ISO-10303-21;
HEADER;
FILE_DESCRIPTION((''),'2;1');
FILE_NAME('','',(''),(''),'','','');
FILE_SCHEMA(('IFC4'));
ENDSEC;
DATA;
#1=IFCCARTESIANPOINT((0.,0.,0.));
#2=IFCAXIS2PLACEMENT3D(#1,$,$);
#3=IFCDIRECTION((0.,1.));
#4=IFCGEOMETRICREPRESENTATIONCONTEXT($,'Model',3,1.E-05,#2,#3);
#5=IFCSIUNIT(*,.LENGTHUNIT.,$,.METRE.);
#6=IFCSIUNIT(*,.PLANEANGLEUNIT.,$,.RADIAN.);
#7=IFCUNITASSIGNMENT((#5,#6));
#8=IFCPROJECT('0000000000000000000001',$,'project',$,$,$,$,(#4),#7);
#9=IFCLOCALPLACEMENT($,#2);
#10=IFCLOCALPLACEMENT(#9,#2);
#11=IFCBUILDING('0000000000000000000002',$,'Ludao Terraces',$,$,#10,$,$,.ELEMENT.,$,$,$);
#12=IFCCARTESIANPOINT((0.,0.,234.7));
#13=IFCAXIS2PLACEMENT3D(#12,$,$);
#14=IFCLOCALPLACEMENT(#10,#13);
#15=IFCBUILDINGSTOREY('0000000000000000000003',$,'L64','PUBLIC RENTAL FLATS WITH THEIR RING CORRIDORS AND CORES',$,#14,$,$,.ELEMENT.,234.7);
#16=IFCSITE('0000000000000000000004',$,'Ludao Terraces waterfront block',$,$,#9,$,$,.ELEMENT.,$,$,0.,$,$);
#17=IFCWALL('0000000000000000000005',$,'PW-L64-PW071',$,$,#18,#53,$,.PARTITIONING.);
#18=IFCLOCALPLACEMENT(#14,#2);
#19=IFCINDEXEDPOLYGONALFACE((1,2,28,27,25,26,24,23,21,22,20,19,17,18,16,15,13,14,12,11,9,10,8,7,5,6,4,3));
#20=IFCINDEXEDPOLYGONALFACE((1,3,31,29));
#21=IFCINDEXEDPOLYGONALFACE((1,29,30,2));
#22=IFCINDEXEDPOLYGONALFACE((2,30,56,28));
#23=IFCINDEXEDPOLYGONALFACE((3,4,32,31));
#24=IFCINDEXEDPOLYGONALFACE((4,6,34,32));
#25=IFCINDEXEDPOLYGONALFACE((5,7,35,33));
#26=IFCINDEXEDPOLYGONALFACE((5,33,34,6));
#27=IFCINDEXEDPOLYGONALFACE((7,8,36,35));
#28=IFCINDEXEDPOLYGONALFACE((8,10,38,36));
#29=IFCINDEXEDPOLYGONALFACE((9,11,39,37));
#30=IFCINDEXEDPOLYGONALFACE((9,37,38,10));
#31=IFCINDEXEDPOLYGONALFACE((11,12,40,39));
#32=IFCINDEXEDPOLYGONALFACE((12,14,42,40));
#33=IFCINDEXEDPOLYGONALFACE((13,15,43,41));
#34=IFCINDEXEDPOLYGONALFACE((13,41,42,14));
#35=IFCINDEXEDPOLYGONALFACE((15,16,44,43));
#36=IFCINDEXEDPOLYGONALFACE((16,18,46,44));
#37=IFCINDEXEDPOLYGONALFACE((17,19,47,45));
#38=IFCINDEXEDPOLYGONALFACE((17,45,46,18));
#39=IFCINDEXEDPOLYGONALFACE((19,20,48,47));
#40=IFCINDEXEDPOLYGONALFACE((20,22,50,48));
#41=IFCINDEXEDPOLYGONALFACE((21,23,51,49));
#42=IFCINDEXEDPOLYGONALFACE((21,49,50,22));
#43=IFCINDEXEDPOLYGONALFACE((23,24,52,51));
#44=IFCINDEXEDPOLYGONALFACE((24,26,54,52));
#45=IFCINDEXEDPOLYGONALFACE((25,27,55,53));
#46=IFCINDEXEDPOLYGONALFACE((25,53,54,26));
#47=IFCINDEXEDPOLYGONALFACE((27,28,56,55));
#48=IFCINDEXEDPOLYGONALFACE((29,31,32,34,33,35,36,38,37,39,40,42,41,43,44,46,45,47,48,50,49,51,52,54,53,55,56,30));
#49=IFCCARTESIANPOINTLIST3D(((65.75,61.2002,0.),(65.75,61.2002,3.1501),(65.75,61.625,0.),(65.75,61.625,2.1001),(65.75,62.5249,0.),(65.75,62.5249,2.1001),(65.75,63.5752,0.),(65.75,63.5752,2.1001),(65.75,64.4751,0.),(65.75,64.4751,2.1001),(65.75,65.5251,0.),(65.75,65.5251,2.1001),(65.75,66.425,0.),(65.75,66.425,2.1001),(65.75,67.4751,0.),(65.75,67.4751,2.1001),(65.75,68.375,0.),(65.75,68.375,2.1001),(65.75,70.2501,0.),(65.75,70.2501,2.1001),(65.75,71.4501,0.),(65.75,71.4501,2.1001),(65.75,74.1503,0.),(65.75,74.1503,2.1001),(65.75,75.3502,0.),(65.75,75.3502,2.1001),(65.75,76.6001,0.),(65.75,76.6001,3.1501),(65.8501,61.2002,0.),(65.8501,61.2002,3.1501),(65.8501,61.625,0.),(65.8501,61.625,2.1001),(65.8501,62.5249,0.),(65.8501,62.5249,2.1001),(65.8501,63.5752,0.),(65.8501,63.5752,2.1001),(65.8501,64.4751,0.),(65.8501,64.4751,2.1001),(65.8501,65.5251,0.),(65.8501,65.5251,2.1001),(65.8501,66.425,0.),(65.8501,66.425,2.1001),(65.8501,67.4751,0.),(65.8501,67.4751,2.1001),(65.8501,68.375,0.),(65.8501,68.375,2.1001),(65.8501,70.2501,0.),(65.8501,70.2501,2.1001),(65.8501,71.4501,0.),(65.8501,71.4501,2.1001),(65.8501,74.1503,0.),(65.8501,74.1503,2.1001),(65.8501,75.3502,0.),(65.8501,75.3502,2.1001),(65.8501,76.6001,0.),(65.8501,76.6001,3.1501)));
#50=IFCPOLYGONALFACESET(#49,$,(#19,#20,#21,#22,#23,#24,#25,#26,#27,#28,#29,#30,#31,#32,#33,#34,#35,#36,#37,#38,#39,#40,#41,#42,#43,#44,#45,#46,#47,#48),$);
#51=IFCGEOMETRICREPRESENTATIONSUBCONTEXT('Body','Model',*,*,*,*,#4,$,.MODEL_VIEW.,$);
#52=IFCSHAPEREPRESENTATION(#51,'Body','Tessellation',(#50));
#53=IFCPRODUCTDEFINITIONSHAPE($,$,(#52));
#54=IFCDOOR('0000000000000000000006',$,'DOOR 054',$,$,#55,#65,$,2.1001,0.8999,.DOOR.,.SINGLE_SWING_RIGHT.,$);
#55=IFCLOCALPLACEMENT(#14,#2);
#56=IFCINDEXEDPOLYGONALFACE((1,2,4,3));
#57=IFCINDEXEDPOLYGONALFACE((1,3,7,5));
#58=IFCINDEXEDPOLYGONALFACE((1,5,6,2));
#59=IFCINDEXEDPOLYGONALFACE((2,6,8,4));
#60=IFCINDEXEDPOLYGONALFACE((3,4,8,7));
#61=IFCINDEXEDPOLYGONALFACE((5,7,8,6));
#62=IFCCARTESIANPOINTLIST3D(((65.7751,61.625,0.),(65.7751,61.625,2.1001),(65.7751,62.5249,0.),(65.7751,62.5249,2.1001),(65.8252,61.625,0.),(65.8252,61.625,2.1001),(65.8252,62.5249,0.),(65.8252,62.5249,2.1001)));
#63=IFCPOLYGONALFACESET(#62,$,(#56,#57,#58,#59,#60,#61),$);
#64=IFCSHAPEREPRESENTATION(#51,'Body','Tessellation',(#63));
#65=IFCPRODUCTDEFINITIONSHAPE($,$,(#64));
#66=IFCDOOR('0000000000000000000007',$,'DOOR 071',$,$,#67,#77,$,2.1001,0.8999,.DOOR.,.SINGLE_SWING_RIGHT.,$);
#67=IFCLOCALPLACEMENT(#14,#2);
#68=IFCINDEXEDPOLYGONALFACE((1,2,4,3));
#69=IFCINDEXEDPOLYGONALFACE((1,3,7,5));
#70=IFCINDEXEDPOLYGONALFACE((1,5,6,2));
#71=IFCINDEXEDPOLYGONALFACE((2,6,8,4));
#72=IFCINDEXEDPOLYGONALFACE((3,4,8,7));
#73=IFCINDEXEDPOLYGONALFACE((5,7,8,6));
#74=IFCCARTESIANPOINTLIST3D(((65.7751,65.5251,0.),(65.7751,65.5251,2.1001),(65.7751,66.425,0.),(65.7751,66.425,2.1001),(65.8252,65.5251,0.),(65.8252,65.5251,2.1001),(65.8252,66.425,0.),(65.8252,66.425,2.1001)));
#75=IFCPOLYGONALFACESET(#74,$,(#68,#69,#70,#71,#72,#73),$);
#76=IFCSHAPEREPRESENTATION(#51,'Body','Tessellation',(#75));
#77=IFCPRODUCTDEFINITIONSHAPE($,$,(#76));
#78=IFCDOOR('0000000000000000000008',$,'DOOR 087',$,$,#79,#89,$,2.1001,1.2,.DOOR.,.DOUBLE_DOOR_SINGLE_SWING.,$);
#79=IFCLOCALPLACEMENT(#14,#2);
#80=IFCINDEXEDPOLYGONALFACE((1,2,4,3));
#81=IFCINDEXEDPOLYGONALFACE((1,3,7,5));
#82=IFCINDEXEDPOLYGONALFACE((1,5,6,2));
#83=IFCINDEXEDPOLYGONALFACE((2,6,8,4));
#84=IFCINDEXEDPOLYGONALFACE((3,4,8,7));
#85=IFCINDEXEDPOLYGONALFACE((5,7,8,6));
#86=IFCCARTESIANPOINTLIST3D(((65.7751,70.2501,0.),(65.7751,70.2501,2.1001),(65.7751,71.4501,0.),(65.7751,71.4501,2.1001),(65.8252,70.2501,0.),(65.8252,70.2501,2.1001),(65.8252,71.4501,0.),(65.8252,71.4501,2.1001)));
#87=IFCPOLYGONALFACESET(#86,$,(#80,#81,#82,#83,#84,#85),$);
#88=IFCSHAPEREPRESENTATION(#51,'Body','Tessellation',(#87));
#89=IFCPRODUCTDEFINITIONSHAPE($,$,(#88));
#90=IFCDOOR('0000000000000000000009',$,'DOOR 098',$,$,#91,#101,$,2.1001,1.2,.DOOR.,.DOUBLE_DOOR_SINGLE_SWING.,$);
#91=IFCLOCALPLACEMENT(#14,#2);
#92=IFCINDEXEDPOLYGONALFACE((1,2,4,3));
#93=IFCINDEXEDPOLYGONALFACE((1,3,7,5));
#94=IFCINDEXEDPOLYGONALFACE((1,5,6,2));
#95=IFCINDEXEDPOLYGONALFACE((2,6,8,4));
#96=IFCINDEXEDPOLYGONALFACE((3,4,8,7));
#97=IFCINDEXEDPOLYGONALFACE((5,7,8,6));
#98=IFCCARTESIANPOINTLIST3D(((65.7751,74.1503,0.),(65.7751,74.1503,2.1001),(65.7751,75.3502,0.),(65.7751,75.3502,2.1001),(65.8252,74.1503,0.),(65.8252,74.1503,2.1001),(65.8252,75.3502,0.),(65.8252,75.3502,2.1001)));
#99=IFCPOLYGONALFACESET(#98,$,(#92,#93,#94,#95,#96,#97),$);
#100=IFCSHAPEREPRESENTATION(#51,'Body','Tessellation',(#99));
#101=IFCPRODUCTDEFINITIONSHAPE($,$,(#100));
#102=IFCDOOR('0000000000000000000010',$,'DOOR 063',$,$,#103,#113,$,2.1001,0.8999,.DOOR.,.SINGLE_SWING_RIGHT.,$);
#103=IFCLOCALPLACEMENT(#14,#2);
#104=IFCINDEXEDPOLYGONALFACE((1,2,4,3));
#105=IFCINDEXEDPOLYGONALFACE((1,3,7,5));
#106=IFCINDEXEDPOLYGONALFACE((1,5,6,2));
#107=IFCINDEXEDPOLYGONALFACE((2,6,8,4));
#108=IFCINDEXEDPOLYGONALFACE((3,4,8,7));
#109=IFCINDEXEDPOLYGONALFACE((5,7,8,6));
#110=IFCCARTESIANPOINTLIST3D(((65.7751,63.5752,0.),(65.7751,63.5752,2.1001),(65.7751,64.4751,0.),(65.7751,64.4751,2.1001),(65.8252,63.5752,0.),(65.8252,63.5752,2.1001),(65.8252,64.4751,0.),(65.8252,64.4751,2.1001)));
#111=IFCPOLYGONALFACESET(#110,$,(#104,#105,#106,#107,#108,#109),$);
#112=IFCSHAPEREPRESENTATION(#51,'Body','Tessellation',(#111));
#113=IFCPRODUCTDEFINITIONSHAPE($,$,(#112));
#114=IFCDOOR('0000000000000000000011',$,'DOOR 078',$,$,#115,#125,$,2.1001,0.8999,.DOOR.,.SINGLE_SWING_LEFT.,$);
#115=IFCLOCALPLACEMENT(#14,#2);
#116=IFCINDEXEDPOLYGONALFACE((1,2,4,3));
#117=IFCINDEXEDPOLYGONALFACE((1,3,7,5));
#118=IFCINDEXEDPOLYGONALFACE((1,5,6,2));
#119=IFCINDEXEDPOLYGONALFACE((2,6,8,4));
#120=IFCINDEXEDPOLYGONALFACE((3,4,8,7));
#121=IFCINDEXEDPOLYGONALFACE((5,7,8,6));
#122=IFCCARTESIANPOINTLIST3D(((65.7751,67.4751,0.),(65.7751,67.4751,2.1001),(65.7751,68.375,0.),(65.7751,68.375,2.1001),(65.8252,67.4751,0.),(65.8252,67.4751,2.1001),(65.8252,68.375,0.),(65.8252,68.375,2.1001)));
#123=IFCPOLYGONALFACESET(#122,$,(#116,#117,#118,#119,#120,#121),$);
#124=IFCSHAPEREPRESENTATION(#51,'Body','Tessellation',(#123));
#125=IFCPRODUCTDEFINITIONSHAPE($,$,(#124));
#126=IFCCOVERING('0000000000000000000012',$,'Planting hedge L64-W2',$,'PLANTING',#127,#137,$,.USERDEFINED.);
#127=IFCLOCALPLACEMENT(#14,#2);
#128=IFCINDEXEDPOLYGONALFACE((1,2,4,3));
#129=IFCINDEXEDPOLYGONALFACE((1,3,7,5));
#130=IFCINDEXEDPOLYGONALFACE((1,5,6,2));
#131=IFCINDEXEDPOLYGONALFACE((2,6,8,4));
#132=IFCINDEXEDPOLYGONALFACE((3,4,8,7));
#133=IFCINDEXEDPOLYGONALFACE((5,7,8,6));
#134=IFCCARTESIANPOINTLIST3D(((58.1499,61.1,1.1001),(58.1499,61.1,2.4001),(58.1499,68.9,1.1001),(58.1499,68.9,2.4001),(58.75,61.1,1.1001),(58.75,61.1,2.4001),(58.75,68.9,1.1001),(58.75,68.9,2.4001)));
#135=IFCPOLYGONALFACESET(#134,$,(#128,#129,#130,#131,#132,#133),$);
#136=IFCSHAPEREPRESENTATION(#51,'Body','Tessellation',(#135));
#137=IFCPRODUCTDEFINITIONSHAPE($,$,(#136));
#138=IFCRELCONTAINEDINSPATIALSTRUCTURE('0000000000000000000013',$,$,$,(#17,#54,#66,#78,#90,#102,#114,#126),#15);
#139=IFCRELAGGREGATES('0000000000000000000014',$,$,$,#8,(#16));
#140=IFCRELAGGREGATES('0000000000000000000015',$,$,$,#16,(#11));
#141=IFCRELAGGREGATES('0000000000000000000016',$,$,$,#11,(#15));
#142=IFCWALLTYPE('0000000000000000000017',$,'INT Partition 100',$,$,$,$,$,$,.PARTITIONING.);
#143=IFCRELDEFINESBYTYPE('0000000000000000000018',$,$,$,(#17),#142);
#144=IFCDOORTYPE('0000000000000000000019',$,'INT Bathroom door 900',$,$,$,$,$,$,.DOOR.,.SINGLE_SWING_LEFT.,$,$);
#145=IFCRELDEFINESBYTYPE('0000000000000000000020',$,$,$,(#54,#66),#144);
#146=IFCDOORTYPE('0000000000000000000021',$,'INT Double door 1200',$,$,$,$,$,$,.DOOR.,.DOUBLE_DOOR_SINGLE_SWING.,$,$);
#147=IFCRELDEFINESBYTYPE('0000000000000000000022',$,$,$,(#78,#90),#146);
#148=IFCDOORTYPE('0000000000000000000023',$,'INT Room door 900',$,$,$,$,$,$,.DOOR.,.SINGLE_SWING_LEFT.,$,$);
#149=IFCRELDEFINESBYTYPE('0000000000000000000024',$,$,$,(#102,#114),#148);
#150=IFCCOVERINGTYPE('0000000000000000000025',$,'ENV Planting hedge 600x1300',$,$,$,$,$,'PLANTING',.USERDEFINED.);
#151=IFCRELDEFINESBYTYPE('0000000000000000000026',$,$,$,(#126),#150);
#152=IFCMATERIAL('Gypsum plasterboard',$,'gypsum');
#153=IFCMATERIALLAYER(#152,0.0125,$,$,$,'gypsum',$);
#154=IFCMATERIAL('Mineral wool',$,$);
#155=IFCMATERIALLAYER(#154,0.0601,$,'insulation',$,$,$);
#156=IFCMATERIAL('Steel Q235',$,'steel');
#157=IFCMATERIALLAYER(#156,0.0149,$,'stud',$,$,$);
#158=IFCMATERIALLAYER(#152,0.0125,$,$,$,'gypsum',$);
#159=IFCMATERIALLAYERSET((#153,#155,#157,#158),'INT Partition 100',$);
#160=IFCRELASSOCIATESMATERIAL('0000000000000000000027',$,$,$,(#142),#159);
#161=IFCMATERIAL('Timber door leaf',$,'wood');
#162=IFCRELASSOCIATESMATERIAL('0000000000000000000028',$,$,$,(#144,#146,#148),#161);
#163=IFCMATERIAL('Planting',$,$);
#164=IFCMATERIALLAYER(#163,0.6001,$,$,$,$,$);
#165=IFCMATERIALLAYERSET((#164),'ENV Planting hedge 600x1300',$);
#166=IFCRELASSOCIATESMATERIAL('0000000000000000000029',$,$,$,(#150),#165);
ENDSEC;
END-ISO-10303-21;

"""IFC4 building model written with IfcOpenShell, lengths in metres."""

from ifc_helpers import new_model, si_unit, direction, frame, frame_2d, origin, origin_2d, place, context, subcontext, project, spatial, rectangle, extrude, material, layer, layer_set, type_object, element, fill, save


model = new_model("IFC4")

# Units and contexts
model_context = context("Model", 3, precision=1e-05, world=origin(), true_north=direction((0.0, 1.0)))
body_context = subcontext(model_context, "Body", "Model", "MODEL_VIEW")
ifc_project = project(units=[si_unit("LENGTHUNIT", "METRE"), si_unit("PLANEANGLEUNIT", "RADIAN")], contexts=[model_context])

# Site, building, storey
site_placement = place(None, origin())
site = spatial("IfcSite", under=ifc_project, at=site_placement, Name="Ludao Terraces waterfront block", CompositionType="ELEMENT", RefElevation=0.0)
building_placement = place(site_placement, origin())
building = spatial("IfcBuilding", under=site, at=building_placement, Name="Ludao Terraces", CompositionType="ELEMENT")
storey_placement = place(building_placement, frame((0.0, 0.0, 234.7)))
storey = spatial("IfcBuildingStorey", under=building, at=storey_placement, Name="L64", Description="PUBLIC RENTAL FLATS WITH THEIR RING CORRIDORS AND CORES", CompositionType="ELEMENT", Elevation=234.7)

# Shared definitions
ifc_material_1 = material(Name="Mineral wool")

# Shared definitions
ifc_material_2 = material(Name="Gypsum plasterboard", Category="gypsum")
ifc_layer_1 = layer(ifc_material_2, 0.0125, Category="gypsum")
ifc_layer_2 = layer(ifc_material_1, 0.0601, Name="insulation")
ifc_material_3 = material(Name="Steel Q235", Category="steel")
ifc_layer_3 = layer(ifc_material_3, 0.0149, Name="stud")
ifc_layer_4 = layer(ifc_material_2, 0.0125, Category="gypsum")
ifc_layer_set_1 = layer_set([ifc_layer_1, ifc_layer_2, ifc_layer_3, ifc_layer_4], Name="INT Partition 100")
wall_type_1 = type_object("IfcWallType", Name="INT Partition 100", PredefinedType="PARTITIONING", material=ifc_layer_set_1)

# Wall, openings, doors
wall_1_placement = place(storey_placement, frame((65.8, 61.2002, 0.0), z_axis=(0.0, 0.0, 1.0), x_axis=(0.0, 1.0, 0.0)))
wall_1 = element("IfcWall", 1, at=wall_1_placement, inside=storey, type_object=wall_type_1, Name="PW-L64-PW071", PredefinedType="PARTITIONING", context=body_context, shape_type="SweptSolid", body=[
    extrude(rectangle(XDim=15.3999, YDim=0.1001, at=frame_2d((7.7, 0.0))), origin(), (0.0, 0.0, 1.0), 3.1501),
])
opening_1_placement = place(wall_1_placement, frame((0.4248, 0.0, 0.0)))
opening_1 = element("IfcOpeningElement", 2, at=opening_1_placement, cuts=wall_1, PredefinedType="OPENING", context=body_context, shape_type="SweptSolid", body=[
    extrude(rectangle(XDim=0.8999, YDim=2.1001, at=frame_2d((0.45, 1.05))), frame((0.0, 0.0601, 0.0), z_axis=(0.0, -1.0, 0.0), x_axis=(1.0, 0.0, 0.0)), (0.0, 0.0, 1.0), 0.1201),
])
opening_2_placement = place(wall_1_placement, frame((2.375, 0.0, 0.0)))
opening_2 = element("IfcOpeningElement", 3, at=opening_2_placement, cuts=wall_1, PredefinedType="OPENING", context=body_context, shape_type="SweptSolid", body=[
    extrude(rectangle(XDim=0.8999, YDim=2.1001, at=frame_2d((0.45, 1.05))), frame((0.0, 0.0601, 0.0), z_axis=(0.0, -1.0, 0.0), x_axis=(1.0, 0.0, 0.0)), (0.0, 0.0, 1.0), 0.1201),
])
opening_3_placement = place(wall_1_placement, frame((4.325, 0.0, 0.0)))
opening_3 = element("IfcOpeningElement", 4, at=opening_3_placement, cuts=wall_1, PredefinedType="OPENING", context=body_context, shape_type="SweptSolid", body=[
    extrude(rectangle(XDim=0.8999, YDim=2.1001, at=frame_2d((0.45, 1.05))), frame((0.0, 0.0601, 0.0), z_axis=(0.0, -1.0, 0.0), x_axis=(1.0, 0.0, 0.0)), (0.0, 0.0, 1.0), 0.1201),
])
opening_4_placement = place(wall_1_placement, frame((6.2749, 0.0, 0.0)))
opening_4 = element("IfcOpeningElement", 5, at=opening_4_placement, cuts=wall_1, PredefinedType="OPENING", context=body_context, shape_type="SweptSolid", body=[
    extrude(rectangle(XDim=0.8999, YDim=2.1001, at=frame_2d((0.45, 1.05))), frame((0.0, 0.0601, 0.0), z_axis=(0.0, -1.0, 0.0), x_axis=(1.0, 0.0, 0.0)), (0.0, 0.0, 1.0), 0.1201),
])
opening_5_placement = place(wall_1_placement, frame((9.0498, 0.0, 0.0)))
opening_5 = element("IfcOpeningElement", 6, at=opening_5_placement, cuts=wall_1, PredefinedType="OPENING", context=body_context, shape_type="SweptSolid", body=[
    extrude(rectangle(XDim=1.2, YDim=2.1001, at=frame_2d((0.6001, 1.05))), frame((0.0, 0.0601, 0.0), z_axis=(0.0, -1.0, 0.0), x_axis=(1.0, 0.0, 0.0)), (0.0, 0.0, 1.0), 0.1201),
])
opening_6_placement = place(wall_1_placement, frame((12.95, 0.0, 0.0)))
opening_6 = element("IfcOpeningElement", 7, at=opening_6_placement, cuts=wall_1, PredefinedType="OPENING", context=body_context, shape_type="SweptSolid", body=[
    extrude(rectangle(XDim=1.2, YDim=2.1001, at=frame_2d((0.6001, 1.05))), frame((0.0, 0.0601, 0.0), z_axis=(0.0, -1.0, 0.0), x_axis=(1.0, 0.0, 0.0)), (0.0, 0.0, 1.0), 0.1201),
])
ifc_material_4 = material(Name="Timber door leaf", Category="wood")
door_type_1 = type_object("IfcDoorType", Name="INT Bathroom door 900", OperationType="SINGLE_SWING_LEFT", PredefinedType="DOOR", material=ifc_material_4)
door_1_placement = place(opening_1_placement, origin())
door_1 = element("IfcDoor", 8, at=door_1_placement, inside=storey, type_object=door_type_1, Name="DOOR 054", OperationType="SINGLE_SWING_RIGHT", OverallHeight=2.1001, OverallWidth=0.8999, PredefinedType="DOOR", context=body_context, shape_type="SweptSolid", body=[
    extrude(rectangle(XDim=0.8999, YDim=2.1001, at=frame_2d((0.45, 1.05))), frame((0.0, 0.0249, 0.0), z_axis=(0.0, -1.0, 0.0), x_axis=(1.0, 0.0, 0.0)), (0.0, 0.0, 1.0), 0.05),
])
fill(opening_1, door_1)
door_2_placement = place(opening_3_placement, origin())
door_2 = element("IfcDoor", 9, at=door_2_placement, inside=storey, type_object=door_type_1, Name="DOOR 071", OperationType="SINGLE_SWING_RIGHT", OverallHeight=2.1001, OverallWidth=0.8999, PredefinedType="DOOR", context=body_context, shape_type="SweptSolid", body=[
    extrude(rectangle(XDim=0.8999, YDim=2.1001, at=frame_2d((0.45, 1.05))), frame((0.0, 0.0249, 0.0), z_axis=(0.0, -1.0, 0.0), x_axis=(1.0, 0.0, 0.0)), (0.0, 0.0, 1.0), 0.05),
])
fill(opening_3, door_2)
door_type_2 = type_object("IfcDoorType", Name="INT Double door 1200", OperationType="DOUBLE_DOOR_SINGLE_SWING", PredefinedType="DOOR", material=ifc_material_4)
door_3_placement = place(opening_5_placement, origin())
door_3 = element("IfcDoor", 10, at=door_3_placement, inside=storey, type_object=door_type_2, Name="DOOR 087", OperationType="DOUBLE_DOOR_SINGLE_SWING", OverallHeight=2.1001, OverallWidth=1.2, PredefinedType="DOOR", context=body_context, shape_type="SweptSolid", body=[
    extrude(rectangle(XDim=1.2, YDim=2.1001, at=frame_2d((0.6001, 1.05))), frame((0.0, 0.0249, 0.0), z_axis=(0.0, -1.0, 0.0), x_axis=(1.0, 0.0, 0.0)), (0.0, 0.0, 1.0), 0.05),
])
fill(opening_5, door_3)
door_4_placement = place(opening_6_placement, origin())
door_4 = element("IfcDoor", 11, at=door_4_placement, inside=storey, type_object=door_type_2, Name="DOOR 098", OperationType="DOUBLE_DOOR_SINGLE_SWING", OverallHeight=2.1001, OverallWidth=1.2, PredefinedType="DOOR", context=body_context, shape_type="SweptSolid", body=[
    extrude(rectangle(XDim=1.2, YDim=2.1001, at=frame_2d((0.6001, 1.05))), frame((0.0, 0.0249, 0.0), z_axis=(0.0, -1.0, 0.0), x_axis=(1.0, 0.0, 0.0)), (0.0, 0.0, 1.0), 0.05),
])
fill(opening_6, door_4)
door_type_3 = type_object("IfcDoorType", Name="INT Room door 900", OperationType="SINGLE_SWING_LEFT", PredefinedType="DOOR", material=ifc_material_4)
door_5_placement = place(opening_2_placement, origin())
door_5 = element("IfcDoor", 12, at=door_5_placement, inside=storey, type_object=door_type_3, Name="DOOR 063", OperationType="SINGLE_SWING_RIGHT", OverallHeight=2.1001, OverallWidth=0.8999, PredefinedType="DOOR", context=body_context, shape_type="SweptSolid", body=[
    extrude(rectangle(XDim=0.8999, YDim=2.1001, at=frame_2d((0.45, 1.05))), frame((0.0, 0.0249, 0.0), z_axis=(0.0, -1.0, 0.0), x_axis=(1.0, 0.0, 0.0)), (0.0, 0.0, 1.0), 0.05),
])
fill(opening_2, door_5)
door_6_placement = place(opening_4_placement, origin())
door_6 = element("IfcDoor", 13, at=door_6_placement, inside=storey, type_object=door_type_3, Name="DOOR 078", OperationType="SINGLE_SWING_LEFT", OverallHeight=2.1001, OverallWidth=0.8999, PredefinedType="DOOR", context=body_context, shape_type="SweptSolid", body=[
    extrude(rectangle(XDim=0.8999, YDim=2.1001, at=frame_2d((0.45, 1.05))), frame((0.0, 0.0249, 0.0), z_axis=(0.0, -1.0, 0.0), x_axis=(1.0, 0.0, 0.0)), (0.0, 0.0, 1.0), 0.05),
])
fill(opening_4, door_6)

# Covering
ifc_material_5 = material(Name="Planting")
ifc_layer_5 = layer(ifc_material_5, 0.6001)
ifc_layer_set_2 = layer_set([ifc_layer_5], Name="ENV Planting hedge 600x1300")
covering_type = type_object("IfcCoveringType", Name="ENV Planting hedge 600x1300", ElementType="PLANTING", PredefinedType="USERDEFINED", material=ifc_layer_set_2)
covering_placement = place(storey_placement, frame((58.45, 65.0, 1.1001), z_axis=(0.0, 0.0, 1.0), x_axis=(1.0, 0.0, 0.0)))
element("IfcCovering", 14, at=covering_placement, inside=storey, type_object=covering_type, Name="Planting hedge L64-W2", ObjectType="PLANTING", PredefinedType="USERDEFINED", context=body_context, shape_type="SweptSolid", body=[
    extrude(rectangle(XDim=0.6001, YDim=7.8, at=origin_2d()), origin(), (0.0, 0.0, 1.0), 1.3),
])

save(model, "model.ifc")
